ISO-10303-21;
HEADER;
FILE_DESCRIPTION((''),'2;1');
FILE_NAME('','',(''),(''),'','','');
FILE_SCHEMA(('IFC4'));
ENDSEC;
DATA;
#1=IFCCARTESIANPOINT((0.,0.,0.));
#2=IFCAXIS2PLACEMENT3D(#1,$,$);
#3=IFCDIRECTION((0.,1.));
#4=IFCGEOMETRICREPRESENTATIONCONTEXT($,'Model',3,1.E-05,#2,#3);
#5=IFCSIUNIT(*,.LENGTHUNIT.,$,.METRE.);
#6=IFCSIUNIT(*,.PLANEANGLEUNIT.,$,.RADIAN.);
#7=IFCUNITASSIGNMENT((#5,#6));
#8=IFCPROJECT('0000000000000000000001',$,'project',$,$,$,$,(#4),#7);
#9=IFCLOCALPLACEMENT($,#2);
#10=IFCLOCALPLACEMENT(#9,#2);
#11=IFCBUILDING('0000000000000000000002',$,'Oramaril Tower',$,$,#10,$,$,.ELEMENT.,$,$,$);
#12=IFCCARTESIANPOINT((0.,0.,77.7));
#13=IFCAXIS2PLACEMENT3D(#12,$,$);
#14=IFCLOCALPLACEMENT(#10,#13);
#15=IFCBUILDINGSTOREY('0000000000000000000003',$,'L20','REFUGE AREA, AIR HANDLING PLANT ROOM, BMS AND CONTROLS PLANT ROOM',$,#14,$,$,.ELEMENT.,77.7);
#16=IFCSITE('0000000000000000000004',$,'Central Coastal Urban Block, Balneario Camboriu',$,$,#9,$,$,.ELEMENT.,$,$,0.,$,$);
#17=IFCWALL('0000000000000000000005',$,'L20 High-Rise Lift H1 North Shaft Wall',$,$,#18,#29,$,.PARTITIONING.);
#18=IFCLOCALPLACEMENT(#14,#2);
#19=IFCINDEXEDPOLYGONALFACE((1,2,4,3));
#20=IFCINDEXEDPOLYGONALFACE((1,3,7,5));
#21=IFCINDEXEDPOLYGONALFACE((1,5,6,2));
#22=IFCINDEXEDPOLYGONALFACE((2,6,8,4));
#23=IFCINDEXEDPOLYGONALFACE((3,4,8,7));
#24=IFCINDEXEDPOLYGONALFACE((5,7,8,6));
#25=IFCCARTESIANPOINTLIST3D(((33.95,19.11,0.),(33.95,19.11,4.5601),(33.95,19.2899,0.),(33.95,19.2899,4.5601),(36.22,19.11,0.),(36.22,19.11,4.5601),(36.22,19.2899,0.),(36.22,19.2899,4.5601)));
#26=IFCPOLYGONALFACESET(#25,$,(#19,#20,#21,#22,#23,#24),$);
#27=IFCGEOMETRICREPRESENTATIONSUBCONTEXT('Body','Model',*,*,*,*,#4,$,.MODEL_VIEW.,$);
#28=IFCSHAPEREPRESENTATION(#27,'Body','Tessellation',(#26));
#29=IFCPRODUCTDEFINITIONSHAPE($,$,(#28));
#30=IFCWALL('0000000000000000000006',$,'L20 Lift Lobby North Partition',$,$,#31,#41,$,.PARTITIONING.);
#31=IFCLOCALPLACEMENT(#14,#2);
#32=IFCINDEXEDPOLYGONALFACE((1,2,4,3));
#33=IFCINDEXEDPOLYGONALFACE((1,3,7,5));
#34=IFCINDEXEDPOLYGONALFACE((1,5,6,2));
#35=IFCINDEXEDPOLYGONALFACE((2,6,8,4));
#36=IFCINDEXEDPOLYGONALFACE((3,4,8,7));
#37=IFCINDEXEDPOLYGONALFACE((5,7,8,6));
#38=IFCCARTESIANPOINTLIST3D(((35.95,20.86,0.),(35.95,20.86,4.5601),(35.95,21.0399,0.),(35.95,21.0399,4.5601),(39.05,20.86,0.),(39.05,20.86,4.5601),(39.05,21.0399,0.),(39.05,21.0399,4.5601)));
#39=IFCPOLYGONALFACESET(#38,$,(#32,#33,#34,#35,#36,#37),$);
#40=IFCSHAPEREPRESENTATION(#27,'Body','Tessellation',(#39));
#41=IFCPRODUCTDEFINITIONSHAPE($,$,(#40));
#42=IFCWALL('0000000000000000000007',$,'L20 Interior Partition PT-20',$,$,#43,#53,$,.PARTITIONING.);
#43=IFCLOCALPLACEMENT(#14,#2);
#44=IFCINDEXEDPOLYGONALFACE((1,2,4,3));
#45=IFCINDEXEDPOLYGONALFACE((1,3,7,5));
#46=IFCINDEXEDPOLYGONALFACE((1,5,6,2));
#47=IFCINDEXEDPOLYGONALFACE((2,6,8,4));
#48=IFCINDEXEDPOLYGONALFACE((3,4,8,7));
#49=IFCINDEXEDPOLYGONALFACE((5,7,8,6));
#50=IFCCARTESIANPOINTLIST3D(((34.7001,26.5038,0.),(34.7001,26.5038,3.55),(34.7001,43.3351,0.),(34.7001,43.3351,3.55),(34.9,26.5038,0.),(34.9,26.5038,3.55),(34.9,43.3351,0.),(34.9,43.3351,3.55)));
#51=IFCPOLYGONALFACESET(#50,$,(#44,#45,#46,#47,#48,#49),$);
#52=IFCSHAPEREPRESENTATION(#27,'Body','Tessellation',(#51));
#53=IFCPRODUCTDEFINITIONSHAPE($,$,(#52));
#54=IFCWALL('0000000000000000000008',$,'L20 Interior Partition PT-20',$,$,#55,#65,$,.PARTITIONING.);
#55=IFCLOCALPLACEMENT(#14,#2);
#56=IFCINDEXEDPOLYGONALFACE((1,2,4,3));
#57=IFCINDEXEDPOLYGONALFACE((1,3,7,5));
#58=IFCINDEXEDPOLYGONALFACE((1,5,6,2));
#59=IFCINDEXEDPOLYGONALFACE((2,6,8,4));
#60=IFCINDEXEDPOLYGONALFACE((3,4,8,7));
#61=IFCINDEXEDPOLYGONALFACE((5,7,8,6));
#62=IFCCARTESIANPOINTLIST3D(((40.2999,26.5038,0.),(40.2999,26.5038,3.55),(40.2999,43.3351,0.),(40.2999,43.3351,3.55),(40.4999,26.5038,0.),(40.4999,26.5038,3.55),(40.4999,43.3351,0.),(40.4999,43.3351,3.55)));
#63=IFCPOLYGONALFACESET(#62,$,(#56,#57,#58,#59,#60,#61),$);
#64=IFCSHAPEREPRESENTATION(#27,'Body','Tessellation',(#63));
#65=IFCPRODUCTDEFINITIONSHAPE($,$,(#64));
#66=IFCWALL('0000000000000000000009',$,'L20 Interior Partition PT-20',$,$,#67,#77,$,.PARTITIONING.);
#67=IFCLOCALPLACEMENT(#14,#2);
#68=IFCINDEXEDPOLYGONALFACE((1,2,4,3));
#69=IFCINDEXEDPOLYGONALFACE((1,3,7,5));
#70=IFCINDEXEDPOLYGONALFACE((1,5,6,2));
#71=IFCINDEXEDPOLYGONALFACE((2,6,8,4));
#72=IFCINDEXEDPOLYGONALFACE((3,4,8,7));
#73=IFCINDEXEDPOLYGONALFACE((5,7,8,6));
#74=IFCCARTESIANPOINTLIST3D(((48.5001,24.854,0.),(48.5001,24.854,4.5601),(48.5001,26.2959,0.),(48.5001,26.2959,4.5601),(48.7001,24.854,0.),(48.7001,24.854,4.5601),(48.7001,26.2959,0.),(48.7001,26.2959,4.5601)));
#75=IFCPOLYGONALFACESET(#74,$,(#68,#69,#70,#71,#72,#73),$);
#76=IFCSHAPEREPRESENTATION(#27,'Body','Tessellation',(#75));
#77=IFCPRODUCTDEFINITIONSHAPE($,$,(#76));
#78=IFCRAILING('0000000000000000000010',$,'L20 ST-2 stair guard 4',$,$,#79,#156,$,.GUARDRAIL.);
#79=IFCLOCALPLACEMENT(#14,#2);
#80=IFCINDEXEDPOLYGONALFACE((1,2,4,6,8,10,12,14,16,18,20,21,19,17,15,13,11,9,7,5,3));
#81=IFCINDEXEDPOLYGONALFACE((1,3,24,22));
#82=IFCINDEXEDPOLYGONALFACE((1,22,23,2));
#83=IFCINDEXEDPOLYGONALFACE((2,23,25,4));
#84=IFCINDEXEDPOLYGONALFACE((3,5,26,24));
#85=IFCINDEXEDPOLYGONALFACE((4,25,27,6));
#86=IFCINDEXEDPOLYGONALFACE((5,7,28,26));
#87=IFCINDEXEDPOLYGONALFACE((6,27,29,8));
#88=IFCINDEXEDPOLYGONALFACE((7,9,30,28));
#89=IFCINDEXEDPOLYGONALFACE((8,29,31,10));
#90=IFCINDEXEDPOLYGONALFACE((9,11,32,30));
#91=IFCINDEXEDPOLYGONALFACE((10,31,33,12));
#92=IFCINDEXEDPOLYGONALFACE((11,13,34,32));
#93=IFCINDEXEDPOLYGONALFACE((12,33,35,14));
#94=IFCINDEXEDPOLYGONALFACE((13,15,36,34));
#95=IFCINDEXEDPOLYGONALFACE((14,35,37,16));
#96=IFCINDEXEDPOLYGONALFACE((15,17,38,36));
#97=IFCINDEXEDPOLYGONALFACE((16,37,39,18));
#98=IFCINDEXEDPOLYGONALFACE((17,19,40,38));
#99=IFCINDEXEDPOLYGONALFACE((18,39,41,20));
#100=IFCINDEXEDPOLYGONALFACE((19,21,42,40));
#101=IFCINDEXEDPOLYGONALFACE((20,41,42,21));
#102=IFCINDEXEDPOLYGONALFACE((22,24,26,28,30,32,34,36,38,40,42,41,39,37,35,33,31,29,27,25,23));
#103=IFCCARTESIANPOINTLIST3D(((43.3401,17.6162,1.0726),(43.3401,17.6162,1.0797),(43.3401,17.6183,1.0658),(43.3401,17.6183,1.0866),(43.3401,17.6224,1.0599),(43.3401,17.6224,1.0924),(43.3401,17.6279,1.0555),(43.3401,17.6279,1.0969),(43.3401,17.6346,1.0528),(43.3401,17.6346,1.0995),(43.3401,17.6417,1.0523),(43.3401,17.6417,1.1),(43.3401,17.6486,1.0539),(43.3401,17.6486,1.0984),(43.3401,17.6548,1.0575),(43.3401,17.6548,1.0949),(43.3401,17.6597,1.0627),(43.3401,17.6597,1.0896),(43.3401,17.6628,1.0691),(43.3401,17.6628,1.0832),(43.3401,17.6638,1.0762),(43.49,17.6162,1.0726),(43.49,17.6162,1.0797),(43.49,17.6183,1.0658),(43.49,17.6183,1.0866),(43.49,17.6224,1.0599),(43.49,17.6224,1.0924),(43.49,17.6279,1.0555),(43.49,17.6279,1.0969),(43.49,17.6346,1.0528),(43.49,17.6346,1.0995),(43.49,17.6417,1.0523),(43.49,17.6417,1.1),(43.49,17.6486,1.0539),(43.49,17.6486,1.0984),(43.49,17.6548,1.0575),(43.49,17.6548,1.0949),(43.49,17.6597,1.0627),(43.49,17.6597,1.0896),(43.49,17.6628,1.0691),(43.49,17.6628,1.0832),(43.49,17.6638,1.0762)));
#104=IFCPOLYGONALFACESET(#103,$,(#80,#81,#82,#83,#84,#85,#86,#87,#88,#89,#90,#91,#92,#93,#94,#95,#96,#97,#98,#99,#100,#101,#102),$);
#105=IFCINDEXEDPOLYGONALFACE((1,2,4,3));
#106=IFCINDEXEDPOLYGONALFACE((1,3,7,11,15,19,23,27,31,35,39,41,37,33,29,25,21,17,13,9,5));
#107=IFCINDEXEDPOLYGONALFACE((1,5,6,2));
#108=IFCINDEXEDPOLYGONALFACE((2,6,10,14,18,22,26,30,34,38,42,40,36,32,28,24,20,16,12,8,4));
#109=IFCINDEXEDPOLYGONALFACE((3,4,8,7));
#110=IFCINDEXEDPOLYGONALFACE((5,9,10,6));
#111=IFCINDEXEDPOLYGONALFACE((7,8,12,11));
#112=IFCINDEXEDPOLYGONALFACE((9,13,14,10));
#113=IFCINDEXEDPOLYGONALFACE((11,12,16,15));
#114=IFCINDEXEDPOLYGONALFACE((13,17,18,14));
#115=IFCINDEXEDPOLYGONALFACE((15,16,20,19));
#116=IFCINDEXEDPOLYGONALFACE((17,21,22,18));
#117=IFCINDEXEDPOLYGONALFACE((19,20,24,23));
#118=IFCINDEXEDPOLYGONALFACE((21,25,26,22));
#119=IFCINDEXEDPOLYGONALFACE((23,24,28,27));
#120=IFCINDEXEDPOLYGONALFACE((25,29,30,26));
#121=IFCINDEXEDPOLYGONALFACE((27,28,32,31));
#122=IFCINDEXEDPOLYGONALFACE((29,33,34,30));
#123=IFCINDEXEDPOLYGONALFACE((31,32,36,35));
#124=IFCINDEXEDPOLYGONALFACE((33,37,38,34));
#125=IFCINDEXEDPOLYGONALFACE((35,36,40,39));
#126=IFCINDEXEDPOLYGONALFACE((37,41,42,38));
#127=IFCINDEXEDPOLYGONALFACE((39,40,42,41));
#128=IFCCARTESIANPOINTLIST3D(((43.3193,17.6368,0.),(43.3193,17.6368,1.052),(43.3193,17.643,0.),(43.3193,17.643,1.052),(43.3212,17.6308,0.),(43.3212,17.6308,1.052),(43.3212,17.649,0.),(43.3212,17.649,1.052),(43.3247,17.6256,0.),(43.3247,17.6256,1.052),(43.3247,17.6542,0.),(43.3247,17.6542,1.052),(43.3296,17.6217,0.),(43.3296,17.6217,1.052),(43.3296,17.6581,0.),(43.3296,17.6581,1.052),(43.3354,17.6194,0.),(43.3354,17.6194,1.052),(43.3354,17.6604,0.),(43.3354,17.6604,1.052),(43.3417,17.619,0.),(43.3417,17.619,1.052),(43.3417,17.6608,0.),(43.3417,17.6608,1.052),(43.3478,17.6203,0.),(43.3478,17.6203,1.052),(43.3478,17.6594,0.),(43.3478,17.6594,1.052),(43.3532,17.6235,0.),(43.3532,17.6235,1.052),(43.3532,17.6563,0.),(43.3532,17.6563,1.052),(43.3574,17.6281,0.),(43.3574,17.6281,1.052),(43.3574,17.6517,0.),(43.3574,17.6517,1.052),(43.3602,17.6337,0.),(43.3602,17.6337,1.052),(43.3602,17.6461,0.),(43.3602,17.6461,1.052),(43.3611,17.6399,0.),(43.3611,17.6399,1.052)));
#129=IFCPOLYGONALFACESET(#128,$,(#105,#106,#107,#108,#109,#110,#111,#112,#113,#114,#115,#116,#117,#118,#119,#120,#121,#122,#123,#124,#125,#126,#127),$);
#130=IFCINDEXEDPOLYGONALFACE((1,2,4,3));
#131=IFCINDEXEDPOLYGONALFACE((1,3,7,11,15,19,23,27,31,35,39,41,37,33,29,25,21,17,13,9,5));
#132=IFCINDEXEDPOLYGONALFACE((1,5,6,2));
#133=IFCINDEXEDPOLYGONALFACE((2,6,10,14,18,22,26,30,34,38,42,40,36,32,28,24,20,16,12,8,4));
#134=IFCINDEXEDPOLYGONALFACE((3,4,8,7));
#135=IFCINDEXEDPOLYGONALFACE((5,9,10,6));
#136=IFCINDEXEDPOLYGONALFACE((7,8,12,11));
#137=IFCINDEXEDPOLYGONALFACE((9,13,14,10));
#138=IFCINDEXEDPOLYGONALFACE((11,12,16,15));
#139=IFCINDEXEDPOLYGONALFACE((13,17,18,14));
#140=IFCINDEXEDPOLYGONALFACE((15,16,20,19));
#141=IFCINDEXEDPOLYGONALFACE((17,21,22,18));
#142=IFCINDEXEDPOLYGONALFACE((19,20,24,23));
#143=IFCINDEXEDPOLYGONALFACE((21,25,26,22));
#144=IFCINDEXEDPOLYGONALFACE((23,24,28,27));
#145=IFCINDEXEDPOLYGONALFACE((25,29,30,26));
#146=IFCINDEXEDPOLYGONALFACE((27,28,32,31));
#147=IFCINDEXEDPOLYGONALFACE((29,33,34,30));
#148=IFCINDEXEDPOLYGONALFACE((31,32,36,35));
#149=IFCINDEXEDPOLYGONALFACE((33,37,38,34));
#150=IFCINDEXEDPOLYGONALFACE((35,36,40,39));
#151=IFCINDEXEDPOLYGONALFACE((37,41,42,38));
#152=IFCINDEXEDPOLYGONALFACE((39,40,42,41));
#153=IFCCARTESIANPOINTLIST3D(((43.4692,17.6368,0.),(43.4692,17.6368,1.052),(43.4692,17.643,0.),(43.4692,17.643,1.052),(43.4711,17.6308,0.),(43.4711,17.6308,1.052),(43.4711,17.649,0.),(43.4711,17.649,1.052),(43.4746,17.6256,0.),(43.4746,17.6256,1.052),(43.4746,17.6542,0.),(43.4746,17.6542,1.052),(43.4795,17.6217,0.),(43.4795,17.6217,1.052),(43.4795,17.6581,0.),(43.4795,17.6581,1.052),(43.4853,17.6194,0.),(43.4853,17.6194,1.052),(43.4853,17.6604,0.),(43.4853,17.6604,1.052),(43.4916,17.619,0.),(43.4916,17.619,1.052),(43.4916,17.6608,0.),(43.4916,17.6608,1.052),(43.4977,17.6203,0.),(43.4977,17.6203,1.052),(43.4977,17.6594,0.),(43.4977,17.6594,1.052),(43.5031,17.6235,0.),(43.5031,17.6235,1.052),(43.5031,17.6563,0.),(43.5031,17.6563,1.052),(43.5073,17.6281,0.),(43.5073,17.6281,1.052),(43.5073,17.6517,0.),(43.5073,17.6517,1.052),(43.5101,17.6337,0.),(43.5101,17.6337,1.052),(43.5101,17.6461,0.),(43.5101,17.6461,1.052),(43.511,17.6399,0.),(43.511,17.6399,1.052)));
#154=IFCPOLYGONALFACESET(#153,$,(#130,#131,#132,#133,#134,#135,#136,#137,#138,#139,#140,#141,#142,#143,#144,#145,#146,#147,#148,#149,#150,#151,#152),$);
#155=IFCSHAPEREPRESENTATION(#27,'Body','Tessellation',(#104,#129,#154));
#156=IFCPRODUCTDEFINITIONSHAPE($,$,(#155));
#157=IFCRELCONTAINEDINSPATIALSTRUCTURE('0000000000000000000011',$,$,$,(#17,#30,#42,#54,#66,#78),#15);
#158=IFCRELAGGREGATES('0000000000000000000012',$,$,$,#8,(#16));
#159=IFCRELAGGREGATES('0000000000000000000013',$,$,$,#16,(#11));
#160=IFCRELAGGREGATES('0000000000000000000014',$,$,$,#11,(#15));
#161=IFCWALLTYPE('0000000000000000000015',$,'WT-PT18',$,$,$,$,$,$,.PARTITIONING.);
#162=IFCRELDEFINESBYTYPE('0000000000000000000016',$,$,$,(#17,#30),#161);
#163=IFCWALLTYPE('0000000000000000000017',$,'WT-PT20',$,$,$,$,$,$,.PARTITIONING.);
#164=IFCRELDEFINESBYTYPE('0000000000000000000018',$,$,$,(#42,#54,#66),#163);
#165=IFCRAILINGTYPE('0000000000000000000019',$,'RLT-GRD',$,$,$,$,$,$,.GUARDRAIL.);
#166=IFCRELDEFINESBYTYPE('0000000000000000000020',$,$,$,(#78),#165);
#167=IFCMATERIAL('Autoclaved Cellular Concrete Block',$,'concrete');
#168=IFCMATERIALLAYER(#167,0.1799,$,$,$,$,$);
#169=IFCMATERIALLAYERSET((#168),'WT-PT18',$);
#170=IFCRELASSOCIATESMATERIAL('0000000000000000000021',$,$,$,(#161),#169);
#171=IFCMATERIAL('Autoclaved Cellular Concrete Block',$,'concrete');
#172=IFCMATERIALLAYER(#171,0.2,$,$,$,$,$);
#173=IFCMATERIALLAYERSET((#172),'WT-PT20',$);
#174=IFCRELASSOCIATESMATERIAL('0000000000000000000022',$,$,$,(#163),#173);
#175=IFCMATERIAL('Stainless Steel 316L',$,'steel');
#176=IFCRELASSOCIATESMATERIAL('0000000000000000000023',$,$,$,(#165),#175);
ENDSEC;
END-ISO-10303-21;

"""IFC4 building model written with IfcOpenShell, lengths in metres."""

from ifc_helpers import new_model, si_unit, direction, frame, frame_2d, origin, origin_2d, place, context, subcontext, project, spatial, rectangle, circle, extrude, material, layer, layer_set, type_object, element, save


model = new_model("IFC4")

# Units and contexts
model_context = context("Model", 3, precision=1e-05, world=origin(), true_north=direction((0.0, 1.0)))
body_context = subcontext(model_context, "Body", "Model", "MODEL_VIEW")
ifc_project = project(units=[si_unit("LENGTHUNIT", "METRE"), si_unit("PLANEANGLEUNIT", "RADIAN")], contexts=[model_context])

# Site, building, storey
site_placement = place(None, origin())
site = spatial("IfcSite", under=ifc_project, at=site_placement, Name="Central Coastal Urban Block, Balneario Camboriu", CompositionType="ELEMENT", RefElevation=0.0)
building_placement = place(site_placement, origin())
building = spatial("IfcBuilding", under=site, at=building_placement, Name="Oramaril Tower", CompositionType="ELEMENT")
storey_placement = place(building_placement, frame((0.0, 0.0, 77.7)))
storey = spatial("IfcBuildingStorey", under=building, at=storey_placement, Name="L20", Description="REFUGE AREA, AIR HANDLING PLANT ROOM, BMS AND CONTROLS PLANT ROOM", CompositionType="ELEMENT", Elevation=77.7)

# Walls
ifc_material_1 = material(Name="Autoclaved Cellular Concrete Block", Category="concrete")
ifc_layer_1 = layer(ifc_material_1, 0.1799)
ifc_layer_set_1 = layer_set([ifc_layer_1], Name="WT-PT18")
wall_type_1 = type_object("IfcWallType", Name="WT-PT18", PredefinedType="PARTITIONING", material=ifc_layer_set_1)
wall_1_placement = place(storey_placement, frame((33.95, 19.2, 0.0), z_axis=(0.0, 0.0, 1.0), x_axis=(1.0, 0.0, 0.0)))
element("IfcWall", 1, at=wall_1_placement, inside=storey, type_object=wall_type_1, Name="L20 High-Rise Lift H1 North Shaft Wall", PredefinedType="PARTITIONING", context=body_context, shape_type="SweptSolid", body=[
    extrude(rectangle(XDim=2.27, YDim=0.1799, at=frame_2d((1.135, 0.0))), origin(), (0.0, 0.0, 1.0), 4.5601),
])
wall_2_placement = place(storey_placement, frame((35.95, 20.95, 0.0), z_axis=(0.0, 0.0, 1.0), x_axis=(1.0, 0.0, 0.0)))
element("IfcWall", 2, at=wall_2_placement, inside=storey, type_object=wall_type_1, Name="L20 Lift Lobby North Partition", PredefinedType="PARTITIONING", context=body_context, shape_type="SweptSolid", body=[
    extrude(rectangle(XDim=3.1001, YDim=0.1799, at=frame_2d((1.55, 0.0))), origin(), (0.0, 0.0, 1.0), 4.5601),
])
ifc_material_2 = material(Name="Autoclaved Cellular Concrete Block", Category="concrete")
ifc_layer_2 = layer(ifc_material_2, 0.2)
ifc_layer_set_2 = layer_set([ifc_layer_2], Name="WT-PT20")
wall_type_2 = type_object("IfcWallType", Name="WT-PT20", PredefinedType="PARTITIONING", material=ifc_layer_set_2)
for number, where, z_axis, x_axis, name in (
    (3, (34.8, 26.5039, 0.0), (0.0, 0.0, 1.0), (0.0, 1.0, 0.0), "L20 Interior Partition PT-20"),
    (4, (40.3999, 26.5039, 0.0), (0.0, 0.0, 1.0), (0.0, 1.0, 0.0), "L20 Interior Partition PT-20"),
):
    element("IfcWall", number, at=place(storey_placement, frame(where, z_axis=z_axis, x_axis=x_axis)), inside=storey, type_object=wall_type_2, Name=name, PredefinedType="PARTITIONING", context=body_context, shape_type="SweptSolid", body=[
        extrude(rectangle(XDim=16.8313, YDim=0.2, at=frame_2d((8.4155, 0.0))), origin(), (0.0, 0.0, 1.0), 3.55),
    ])
wall_3_placement = place(storey_placement, frame((48.6001, 24.854, 0.0), z_axis=(0.0, 0.0, 1.0), x_axis=(0.0, 1.0, 0.0)))
element("IfcWall", 5, at=wall_3_placement, inside=storey, type_object=wall_type_2, Name="L20 Interior Partition PT-20", PredefinedType="PARTITIONING", context=body_context, shape_type="SweptSolid", body=[
    extrude(rectangle(XDim=1.4419, YDim=0.2, at=frame_2d((0.7209, 0.0))), origin(), (0.0, 0.0, 1.0), 4.5601),
])

# Railing
ifc_material_3 = material(Name="Stainless Steel 316L", Category="steel")
railing_type = type_object("IfcRailingType", Name="RLT-GRD", PredefinedType="GUARDRAIL", material=ifc_material_3)
railing_placement = place(storey_placement, frame((43.3401, 17.6399, 0.0)))
element("IfcRailing", 6, at=railing_placement, inside=storey, type_object=railing_type, Name="L20 ST-2 stair guard 4", PredefinedType="GUARDRAIL", context=body_context, shape_type="SweptSolid", body=[
    extrude(circle(Radius=0.0239, at=origin_2d()), frame((0.0, 0.0, 1.0762), z_axis=(1.0, 0.0, 0.0), x_axis=(0.0, 1.0, 0.0)), (0.0, 0.0, 1.0), 0.1499),
    extrude(circle(Radius=0.021, at=origin_2d()), origin(), (0.0, 0.0, 1.0), 1.052),
    extrude(circle(Radius=0.021, at=origin_2d()), frame((0.1499, 0.0, 0.0)), (0.0, 0.0, 1.0), 1.052),
])

save(model, "model.ifc")
